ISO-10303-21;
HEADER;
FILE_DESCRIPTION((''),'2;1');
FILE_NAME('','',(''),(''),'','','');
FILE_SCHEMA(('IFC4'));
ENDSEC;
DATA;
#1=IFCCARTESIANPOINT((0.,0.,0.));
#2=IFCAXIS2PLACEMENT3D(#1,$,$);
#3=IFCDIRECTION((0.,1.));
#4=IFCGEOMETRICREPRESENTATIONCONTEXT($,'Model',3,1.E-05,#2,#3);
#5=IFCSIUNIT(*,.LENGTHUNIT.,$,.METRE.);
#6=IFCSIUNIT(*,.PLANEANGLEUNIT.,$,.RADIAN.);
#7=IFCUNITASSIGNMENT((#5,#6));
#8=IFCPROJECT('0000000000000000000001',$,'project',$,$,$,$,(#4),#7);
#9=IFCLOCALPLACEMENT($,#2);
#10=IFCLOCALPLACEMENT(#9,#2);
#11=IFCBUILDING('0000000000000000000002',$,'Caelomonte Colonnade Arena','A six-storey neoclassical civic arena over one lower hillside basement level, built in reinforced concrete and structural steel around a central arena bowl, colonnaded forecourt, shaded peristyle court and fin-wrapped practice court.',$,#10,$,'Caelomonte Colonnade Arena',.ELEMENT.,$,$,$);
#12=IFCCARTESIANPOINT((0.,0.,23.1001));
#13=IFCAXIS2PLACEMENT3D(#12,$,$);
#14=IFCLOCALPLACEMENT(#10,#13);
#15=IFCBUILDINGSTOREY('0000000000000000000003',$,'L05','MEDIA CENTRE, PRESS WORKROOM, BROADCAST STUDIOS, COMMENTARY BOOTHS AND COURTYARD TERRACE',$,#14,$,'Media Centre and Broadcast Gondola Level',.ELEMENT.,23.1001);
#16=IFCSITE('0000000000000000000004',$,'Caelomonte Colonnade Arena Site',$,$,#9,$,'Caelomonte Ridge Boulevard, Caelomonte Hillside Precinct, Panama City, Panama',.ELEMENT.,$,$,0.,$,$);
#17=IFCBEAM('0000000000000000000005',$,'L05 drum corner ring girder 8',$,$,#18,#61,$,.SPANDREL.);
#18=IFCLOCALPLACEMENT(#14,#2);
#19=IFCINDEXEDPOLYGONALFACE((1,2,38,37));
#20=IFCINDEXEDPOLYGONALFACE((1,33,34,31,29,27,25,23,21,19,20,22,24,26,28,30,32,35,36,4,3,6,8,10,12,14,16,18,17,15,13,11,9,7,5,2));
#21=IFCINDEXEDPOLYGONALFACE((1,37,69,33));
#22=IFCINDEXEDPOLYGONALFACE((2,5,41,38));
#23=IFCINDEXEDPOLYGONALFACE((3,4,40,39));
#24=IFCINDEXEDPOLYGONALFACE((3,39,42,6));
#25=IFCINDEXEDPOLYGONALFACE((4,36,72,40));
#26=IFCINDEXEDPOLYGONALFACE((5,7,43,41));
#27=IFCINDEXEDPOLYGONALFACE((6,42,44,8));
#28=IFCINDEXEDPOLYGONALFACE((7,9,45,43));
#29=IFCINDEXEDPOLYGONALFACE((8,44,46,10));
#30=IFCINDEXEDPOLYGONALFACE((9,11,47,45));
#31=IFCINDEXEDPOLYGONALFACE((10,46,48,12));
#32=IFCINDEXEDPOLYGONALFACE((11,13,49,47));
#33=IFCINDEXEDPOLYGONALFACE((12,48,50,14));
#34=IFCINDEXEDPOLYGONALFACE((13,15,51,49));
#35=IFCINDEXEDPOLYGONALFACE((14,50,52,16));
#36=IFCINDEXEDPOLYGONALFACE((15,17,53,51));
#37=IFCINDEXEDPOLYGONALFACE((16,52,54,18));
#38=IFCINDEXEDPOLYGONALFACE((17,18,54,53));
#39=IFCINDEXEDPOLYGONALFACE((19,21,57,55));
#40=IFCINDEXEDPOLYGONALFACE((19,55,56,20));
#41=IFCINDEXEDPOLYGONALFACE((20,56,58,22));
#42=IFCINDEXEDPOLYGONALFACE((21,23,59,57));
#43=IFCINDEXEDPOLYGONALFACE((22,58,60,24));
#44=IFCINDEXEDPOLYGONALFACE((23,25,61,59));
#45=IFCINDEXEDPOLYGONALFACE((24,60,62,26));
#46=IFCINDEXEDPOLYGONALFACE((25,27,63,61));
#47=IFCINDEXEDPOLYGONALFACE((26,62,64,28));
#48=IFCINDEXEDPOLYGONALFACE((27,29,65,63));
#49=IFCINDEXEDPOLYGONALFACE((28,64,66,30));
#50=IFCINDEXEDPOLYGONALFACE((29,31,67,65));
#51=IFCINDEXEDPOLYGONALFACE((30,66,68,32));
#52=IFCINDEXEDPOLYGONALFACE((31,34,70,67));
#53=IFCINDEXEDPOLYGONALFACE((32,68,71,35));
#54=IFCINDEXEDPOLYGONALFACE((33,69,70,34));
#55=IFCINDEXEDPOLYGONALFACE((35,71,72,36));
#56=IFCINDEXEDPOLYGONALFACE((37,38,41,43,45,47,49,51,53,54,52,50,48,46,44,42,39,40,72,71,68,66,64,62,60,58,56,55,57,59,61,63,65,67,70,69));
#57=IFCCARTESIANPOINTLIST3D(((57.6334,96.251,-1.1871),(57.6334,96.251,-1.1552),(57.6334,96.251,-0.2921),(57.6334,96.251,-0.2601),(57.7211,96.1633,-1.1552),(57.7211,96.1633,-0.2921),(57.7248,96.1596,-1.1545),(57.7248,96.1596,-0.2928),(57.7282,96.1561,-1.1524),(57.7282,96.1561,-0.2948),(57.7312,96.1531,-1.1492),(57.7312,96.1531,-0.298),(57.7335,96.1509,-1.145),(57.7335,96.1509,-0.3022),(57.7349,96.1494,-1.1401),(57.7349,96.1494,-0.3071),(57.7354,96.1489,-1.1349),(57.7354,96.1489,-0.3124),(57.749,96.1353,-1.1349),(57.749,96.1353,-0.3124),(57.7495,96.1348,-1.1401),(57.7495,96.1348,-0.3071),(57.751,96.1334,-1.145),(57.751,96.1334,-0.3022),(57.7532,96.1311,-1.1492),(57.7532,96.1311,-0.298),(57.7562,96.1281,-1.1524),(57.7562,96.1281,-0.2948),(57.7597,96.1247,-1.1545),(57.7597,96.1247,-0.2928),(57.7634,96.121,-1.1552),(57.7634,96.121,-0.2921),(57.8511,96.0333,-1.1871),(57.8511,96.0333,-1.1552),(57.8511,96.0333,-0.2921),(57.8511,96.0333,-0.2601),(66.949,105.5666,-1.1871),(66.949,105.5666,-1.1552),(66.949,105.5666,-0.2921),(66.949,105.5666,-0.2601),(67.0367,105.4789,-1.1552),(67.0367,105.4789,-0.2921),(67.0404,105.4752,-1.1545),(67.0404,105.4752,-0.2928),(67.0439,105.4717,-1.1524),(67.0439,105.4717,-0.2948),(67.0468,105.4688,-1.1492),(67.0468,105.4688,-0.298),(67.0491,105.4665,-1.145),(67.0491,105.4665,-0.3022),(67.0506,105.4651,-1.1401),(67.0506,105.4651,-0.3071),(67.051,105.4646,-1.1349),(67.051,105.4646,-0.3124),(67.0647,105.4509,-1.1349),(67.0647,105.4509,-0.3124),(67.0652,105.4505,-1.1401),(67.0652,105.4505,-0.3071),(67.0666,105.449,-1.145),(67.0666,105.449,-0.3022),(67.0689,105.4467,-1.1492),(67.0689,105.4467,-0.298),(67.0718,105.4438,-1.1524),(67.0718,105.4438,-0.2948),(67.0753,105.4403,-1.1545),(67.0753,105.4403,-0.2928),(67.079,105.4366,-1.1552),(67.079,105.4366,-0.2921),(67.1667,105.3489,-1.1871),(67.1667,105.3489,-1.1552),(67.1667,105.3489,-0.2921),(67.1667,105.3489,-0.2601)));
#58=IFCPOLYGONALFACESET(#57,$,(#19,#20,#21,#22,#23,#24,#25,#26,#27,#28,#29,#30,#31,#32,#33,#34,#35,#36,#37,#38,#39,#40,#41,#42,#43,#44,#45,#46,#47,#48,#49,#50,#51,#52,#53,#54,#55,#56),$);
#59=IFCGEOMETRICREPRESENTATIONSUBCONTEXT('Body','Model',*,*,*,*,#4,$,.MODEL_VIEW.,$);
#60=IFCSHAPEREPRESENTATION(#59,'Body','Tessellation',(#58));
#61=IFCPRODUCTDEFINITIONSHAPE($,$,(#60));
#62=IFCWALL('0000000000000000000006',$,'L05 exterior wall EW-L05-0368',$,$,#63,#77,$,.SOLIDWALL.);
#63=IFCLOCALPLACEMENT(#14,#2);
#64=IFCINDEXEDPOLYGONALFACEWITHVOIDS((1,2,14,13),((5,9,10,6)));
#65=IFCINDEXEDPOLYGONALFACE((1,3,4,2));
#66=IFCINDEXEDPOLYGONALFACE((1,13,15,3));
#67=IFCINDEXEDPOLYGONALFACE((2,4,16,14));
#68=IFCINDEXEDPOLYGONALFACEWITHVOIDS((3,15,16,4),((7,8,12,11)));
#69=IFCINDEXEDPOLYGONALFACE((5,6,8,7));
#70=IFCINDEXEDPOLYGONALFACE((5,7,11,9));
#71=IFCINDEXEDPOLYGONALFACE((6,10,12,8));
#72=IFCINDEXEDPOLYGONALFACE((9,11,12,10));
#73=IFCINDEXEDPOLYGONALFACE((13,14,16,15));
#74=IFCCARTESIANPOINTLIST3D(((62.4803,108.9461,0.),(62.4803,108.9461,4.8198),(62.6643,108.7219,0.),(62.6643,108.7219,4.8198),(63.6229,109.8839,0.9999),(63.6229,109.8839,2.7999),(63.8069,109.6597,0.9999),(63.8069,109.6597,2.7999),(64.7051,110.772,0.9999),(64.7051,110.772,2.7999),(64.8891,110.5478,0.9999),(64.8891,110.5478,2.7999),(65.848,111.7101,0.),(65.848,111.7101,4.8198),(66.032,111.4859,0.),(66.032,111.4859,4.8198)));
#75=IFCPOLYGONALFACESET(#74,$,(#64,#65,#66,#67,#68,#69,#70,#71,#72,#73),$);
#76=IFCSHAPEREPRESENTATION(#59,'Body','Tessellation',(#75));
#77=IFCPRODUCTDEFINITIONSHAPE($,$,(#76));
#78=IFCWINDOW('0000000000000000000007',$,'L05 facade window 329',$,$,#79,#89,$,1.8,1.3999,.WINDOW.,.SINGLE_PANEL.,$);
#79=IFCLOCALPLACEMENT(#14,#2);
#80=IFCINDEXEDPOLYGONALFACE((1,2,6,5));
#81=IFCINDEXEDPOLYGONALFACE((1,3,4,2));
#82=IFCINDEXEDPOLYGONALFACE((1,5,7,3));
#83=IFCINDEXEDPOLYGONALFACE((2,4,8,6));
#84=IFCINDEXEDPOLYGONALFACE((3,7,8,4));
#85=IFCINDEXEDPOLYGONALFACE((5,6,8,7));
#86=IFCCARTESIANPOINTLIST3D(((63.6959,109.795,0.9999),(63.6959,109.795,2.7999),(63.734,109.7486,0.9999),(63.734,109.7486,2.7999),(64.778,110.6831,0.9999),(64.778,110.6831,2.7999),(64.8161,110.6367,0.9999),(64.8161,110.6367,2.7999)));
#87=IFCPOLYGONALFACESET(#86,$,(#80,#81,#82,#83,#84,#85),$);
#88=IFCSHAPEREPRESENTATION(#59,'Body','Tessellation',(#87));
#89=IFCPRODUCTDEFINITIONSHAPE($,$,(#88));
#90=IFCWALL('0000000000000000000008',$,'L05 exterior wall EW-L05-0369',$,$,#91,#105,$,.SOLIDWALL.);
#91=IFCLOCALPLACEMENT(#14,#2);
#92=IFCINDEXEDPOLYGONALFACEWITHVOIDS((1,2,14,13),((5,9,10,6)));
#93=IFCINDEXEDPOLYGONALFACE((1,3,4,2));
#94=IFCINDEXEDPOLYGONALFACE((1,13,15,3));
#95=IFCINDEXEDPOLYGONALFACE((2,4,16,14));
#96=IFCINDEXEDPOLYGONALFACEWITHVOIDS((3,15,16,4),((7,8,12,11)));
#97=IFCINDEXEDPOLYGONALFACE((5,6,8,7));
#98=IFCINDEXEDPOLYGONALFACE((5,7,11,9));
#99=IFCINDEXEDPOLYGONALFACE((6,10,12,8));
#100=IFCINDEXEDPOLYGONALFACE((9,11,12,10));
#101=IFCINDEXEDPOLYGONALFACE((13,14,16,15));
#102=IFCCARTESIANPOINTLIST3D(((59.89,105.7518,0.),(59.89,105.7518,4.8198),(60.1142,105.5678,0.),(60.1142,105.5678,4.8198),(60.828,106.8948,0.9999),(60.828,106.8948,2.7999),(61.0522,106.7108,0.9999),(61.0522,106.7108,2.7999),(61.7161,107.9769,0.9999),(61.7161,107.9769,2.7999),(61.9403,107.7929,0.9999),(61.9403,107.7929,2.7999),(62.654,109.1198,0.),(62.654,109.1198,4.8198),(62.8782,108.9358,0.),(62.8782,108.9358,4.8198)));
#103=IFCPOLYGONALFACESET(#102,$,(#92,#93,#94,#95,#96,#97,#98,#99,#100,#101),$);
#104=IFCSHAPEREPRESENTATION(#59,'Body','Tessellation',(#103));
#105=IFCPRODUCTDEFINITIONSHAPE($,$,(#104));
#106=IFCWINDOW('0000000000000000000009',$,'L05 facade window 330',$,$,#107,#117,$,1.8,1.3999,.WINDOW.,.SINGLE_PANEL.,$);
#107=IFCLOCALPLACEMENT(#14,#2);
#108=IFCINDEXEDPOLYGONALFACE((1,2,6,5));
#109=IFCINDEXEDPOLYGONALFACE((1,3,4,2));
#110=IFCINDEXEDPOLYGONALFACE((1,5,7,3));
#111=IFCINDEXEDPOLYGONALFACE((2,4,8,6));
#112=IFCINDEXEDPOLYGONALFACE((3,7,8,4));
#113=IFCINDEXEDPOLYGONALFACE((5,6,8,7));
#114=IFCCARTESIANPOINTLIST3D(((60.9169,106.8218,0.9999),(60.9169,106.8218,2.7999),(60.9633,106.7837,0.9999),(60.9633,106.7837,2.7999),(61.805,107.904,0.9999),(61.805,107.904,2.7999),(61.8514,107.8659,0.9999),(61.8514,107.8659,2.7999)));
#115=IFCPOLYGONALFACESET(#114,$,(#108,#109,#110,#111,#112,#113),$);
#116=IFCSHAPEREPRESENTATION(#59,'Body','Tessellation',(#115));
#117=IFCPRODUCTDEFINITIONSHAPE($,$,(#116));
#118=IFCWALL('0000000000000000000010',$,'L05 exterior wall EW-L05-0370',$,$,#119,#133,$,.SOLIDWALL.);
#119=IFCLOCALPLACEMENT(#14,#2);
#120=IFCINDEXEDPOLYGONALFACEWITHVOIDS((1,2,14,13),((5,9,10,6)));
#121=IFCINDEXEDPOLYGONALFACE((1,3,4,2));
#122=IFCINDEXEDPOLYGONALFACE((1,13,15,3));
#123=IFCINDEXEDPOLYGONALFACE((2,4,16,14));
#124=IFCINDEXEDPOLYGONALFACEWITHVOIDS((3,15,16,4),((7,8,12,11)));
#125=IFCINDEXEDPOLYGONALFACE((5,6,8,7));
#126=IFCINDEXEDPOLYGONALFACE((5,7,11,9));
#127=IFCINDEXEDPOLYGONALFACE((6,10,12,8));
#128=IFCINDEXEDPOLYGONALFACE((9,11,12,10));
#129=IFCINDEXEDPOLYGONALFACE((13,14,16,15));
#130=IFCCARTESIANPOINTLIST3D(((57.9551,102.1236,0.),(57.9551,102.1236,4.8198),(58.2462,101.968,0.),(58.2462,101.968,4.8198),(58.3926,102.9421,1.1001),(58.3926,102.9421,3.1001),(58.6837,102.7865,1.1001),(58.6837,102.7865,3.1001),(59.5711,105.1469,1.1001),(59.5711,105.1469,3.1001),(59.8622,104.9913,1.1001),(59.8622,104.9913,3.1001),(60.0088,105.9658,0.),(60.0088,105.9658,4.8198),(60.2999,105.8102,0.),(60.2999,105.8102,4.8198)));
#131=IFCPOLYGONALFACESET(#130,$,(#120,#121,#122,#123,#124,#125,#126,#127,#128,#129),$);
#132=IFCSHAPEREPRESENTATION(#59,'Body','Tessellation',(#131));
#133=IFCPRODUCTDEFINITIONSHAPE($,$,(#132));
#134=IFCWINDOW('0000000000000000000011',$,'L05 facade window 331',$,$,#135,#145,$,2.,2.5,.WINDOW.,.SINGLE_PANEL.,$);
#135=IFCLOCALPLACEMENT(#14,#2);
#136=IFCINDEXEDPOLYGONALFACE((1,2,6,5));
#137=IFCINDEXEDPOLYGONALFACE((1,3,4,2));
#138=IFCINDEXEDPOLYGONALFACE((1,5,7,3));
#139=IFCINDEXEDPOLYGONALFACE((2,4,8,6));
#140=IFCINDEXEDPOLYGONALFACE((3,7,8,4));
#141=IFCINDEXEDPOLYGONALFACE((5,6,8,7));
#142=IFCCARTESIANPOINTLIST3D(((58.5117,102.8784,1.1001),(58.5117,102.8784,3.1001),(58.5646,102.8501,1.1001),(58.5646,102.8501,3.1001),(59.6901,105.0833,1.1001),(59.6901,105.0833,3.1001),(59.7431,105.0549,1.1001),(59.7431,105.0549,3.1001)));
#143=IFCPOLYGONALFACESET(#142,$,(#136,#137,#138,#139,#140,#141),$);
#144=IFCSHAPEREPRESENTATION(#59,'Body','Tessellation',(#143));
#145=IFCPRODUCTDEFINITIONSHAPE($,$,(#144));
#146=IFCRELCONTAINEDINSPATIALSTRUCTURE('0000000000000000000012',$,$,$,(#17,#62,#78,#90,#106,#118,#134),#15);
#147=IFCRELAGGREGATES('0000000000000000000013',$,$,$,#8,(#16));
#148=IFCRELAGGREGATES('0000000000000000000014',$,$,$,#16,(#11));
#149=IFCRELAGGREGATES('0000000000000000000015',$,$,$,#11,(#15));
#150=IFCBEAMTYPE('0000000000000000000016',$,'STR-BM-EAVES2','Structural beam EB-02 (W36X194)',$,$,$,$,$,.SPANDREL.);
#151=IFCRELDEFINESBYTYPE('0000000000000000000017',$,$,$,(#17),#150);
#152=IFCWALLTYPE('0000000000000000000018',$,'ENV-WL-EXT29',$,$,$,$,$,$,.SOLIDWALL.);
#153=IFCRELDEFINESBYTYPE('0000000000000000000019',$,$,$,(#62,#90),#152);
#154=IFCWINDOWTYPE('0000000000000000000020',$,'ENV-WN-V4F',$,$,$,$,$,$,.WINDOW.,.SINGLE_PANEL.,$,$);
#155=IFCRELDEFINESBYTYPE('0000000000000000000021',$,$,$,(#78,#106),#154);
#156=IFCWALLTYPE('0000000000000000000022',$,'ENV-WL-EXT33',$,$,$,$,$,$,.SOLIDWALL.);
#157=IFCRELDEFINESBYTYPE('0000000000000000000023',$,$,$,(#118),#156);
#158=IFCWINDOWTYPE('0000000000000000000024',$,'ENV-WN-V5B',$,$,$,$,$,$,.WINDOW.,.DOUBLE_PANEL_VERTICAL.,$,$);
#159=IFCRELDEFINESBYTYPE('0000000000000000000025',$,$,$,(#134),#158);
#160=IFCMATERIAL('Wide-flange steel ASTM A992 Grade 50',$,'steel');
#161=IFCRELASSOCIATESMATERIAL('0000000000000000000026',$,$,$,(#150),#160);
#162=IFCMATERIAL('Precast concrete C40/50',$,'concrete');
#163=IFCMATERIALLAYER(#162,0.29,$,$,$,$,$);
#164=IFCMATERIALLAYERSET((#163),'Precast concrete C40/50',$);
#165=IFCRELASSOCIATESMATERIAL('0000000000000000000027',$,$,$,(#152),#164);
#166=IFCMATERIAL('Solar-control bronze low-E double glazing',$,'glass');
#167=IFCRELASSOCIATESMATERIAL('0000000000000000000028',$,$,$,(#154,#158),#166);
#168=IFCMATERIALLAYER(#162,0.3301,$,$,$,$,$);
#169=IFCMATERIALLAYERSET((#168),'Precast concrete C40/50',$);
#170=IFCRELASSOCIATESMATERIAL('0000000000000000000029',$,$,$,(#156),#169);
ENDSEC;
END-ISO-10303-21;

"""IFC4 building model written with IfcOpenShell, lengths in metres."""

from ifc_helpers import new_model, si_unit, direction, frame, frame_2d, origin, origin_2d, place, context, subcontext, project, spatial, rectangle, i_section, extrude, material, layer, layer_set, material_profile, profile_set, type_object, element, fill, save


model = new_model("IFC4")

# Units and contexts
model_context = context("Model", 3, precision=1e-05, world=origin(), true_north=direction((0.0, 1.0)))
body_context = subcontext(model_context, "Body", "Model", "MODEL_VIEW")
ifc_project = project(units=[si_unit("LENGTHUNIT", "METRE"), si_unit("PLANEANGLEUNIT", "RADIAN")], contexts=[model_context])

# Site, building, storey
site_placement = place(None, origin())
site = spatial("IfcSite", under=ifc_project, at=site_placement, Name="Caelomonte Colonnade Arena Site", LongName="Caelomonte Ridge Boulevard, Caelomonte Hillside Precinct, Panama City, Panama", CompositionType="ELEMENT", RefElevation=0.0)
building_placement = place(site_placement, origin())
building = spatial("IfcBuilding", under=site, at=building_placement, Name="Caelomonte Colonnade Arena", Description="A six-storey neoclassical civic arena over one lower hillside basement level, built in reinforced concrete and structural steel around a central arena bowl, colonnaded forecourt, shaded peristyle court and fin-wrapped practice court.", LongName="Caelomonte Colonnade Arena", CompositionType="ELEMENT")
storey_placement = place(building_placement, frame((0.0, 0.0, 23.1001)))
storey = spatial("IfcBuildingStorey", under=building, at=storey_placement, Name="L05", Description="MEDIA CENTRE, PRESS WORKROOM, BROADCAST STUDIOS, COMMENTARY BOOTHS AND COURTYARD TERRACE", LongName="Media Centre and Broadcast Gondola Level", CompositionType="ELEMENT", Elevation=23.1001)

# Beam
ifc_material_1 = material(Name="Wide-flange steel ASTM A992 Grade 50", Category="steel")
ifc_material_profile_1 = material_profile(ifc_material_1, i_section(OverallWidth=0.3079, OverallDepth=0.927, WebThickness=0.0193, FlangeThickness=0.032, FilletRadius=0.0203, at=origin_2d()), Name="W36X194")
ifc_profile_set_1 = profile_set([ifc_material_profile_1], Name="Wide-flange steel ASTM A992 Grade 50")
beam_type = type_object("IfcBeamType", Name="STR-BM-EAVES2", Description="Structural beam EB-02 (W36X194)", PredefinedType="SPANDREL", material=ifc_profile_set_1)
beam_placement = place(storey_placement, frame((67.0579, 105.4578, -0.7236), z_axis=(-0.707107, -0.707107, 0.0), x_axis=(0.707107, -0.707107, 0.0)))
element("IfcBeam", 1, at=beam_placement, inside=storey, type_object=beam_type, Name="L05 drum corner ring girder 8", PredefinedType="SPANDREL", context=body_context, shape_type="SweptSolid", body=[
    extrude(i_section(OverallWidth=0.3079, OverallDepth=0.927, WebThickness=0.0193, FlangeThickness=0.032, FilletRadius=0.0203, at=origin_2d()), origin(), (0.0, 0.0, 1.0), 13.1743),
])

# Walls, openings, windows
ifc_material_2 = material(Name="Precast concrete C40/50", Category="concrete")
ifc_layer_1 = layer(ifc_material_2, 0.29)
ifc_layer_set_1 = layer_set([ifc_layer_1], Name="Precast concrete C40/50")
wall_type_1 = type_object("IfcWallType", Name="ENV-WL-EXT29", PredefinedType="SOLIDWALL", material=ifc_layer_set_1)
wall_1_placement = place(storey_placement, frame((65.9399, 111.5979, 0.0), z_axis=(0.0, 0.0, 1.0), x_axis=(-0.772995, -0.634412, 0.0)))
wall_1 = element("IfcWall", 2, at=wall_1_placement, inside=storey, type_object=wall_type_1, Name="L05 exterior wall EW-L05-0368", PredefinedType="SOLIDWALL", context=body_context, shape_type="SweptSolid", body=[
    extrude(rectangle(XDim=4.3567, YDim=0.29, at=frame_2d((2.1782, 0.0))), origin(), (0.0, 0.0, 1.0), 4.8198),
])
opening_1_placement = place(wall_1_placement, frame((2.8784, 0.0, 1.0), z_axis=(0.0, 0.0, 1.0), x_axis=(-1.0, 0.0, 0.0)))
opening_1 = element("IfcOpeningElement", 3, at=opening_1_placement, cuts=wall_1, PredefinedType="OPENING", context=body_context, shape_type="SweptSolid", body=[
    extrude(rectangle(XDim=1.3999, YDim=1.8, at=frame_2d((0.7, 0.8999))), frame((0.0, 0.155, 0.0), z_axis=(0.0, -1.0, 0.0), x_axis=(1.0, 0.0, 0.0)), (0.0, 0.0, 1.0), 0.3101),
])
ifc_material_3 = material(Name="Solar-control bronze low-E double glazing", Category="glass")
window_type_1 = type_object("IfcWindowType", Name="ENV-WN-V4F", PartitioningType="SINGLE_PANEL", PredefinedType="WINDOW", material=ifc_material_3)
window_1_placement = place(opening_1_placement, origin())
window_1 = element("IfcWindow", 4, at=window_1_placement, inside=storey, type_object=window_type_1, Name="L05 facade window 329", OverallHeight=1.8, OverallWidth=1.3999, PartitioningType="SINGLE_PANEL", PredefinedType="WINDOW", context=body_context, shape_type="SweptSolid", body=[
    extrude(rectangle(XDim=1.3999, YDim=1.8, at=frame_2d((0.7, 0.8999))), frame((0.0, 0.03, 0.0), z_axis=(0.0, -1.0, 0.0), x_axis=(1.0, 0.0, 0.0)), (0.0, 0.0, 1.0), 0.0601),
])
fill(opening_1, window_1)
wall_2_placement = place(storey_placement, frame((62.7661, 109.0278, 0.0), z_axis=(0.0, 0.0, 1.0), x_axis=(-0.634384, -0.773018, 0.0)))
wall_2 = element("IfcWall", 5, at=wall_2_placement, inside=storey, type_object=wall_type_1, Name="L05 exterior wall EW-L05-0369", PredefinedType="SOLIDWALL", context=body_context, shape_type="SweptSolid", body=[
    extrude(rectangle(XDim=4.3569, YDim=0.29, at=frame_2d((2.1785, 0.0))), origin(), (0.0, 0.0, 1.0), 4.8198),
])
opening_2_placement = place(wall_2_placement, frame((2.8784, 0.0, 1.0), z_axis=(0.0, 0.0, 1.0), x_axis=(-1.0, 0.0, 0.0)))
opening_2 = element("IfcOpeningElement", 6, at=opening_2_placement, cuts=wall_2, PredefinedType="OPENING", context=body_context, shape_type="SweptSolid", body=[
    extrude(rectangle(XDim=1.3999, YDim=1.8, at=frame_2d((0.7, 0.8999))), frame((0.0, 0.155, 0.0), z_axis=(0.0, -1.0, 0.0), x_axis=(1.0, 0.0, 0.0)), (0.0, 0.0, 1.0), 0.3101),
])
window_2_placement = place(opening_2_placement, origin())
window_2 = element("IfcWindow", 7, at=window_2_placement, inside=storey, type_object=window_type_1, Name="L05 facade window 330", OverallHeight=1.8, OverallWidth=1.3999, PartitioningType="SINGLE_PANEL", PredefinedType="WINDOW", context=body_context, shape_type="SweptSolid", body=[
    extrude(rectangle(XDim=1.3999, YDim=1.8, at=frame_2d((0.7, 0.8999))), frame((0.0, 0.03, 0.0), z_axis=(0.0, -1.0, 0.0), x_axis=(1.0, 0.0, 0.0)), (0.0, 0.0, 1.0), 0.0601),
])
fill(opening_2, window_2)
ifc_layer_2 = layer(ifc_material_2, 0.3301)
ifc_layer_set_2 = layer_set([ifc_layer_2], Name="Precast concrete C40/50")
wall_type_2 = type_object("IfcWallType", Name="ENV-WL-EXT33", PredefinedType="SOLIDWALL", material=ifc_layer_set_2)
wall_3_placement = place(storey_placement, frame((60.1543, 105.8879, 0.0), z_axis=(0.0, 0.0, 1.0), x_axis=(-0.471391, -0.881924, 0.0)))
wall_3 = element("IfcWall", 8, at=wall_3_placement, inside=storey, type_object=wall_type_2, Name="L05 exterior wall EW-L05-0370", PredefinedType="SOLIDWALL", context=body_context, shape_type="SweptSolid", body=[
    extrude(rectangle(XDim=4.3567, YDim=0.3301, at=frame_2d((2.1782, 0.0))), origin(), (0.0, 0.0, 1.0), 4.8198),
])
opening_3_placement = place(wall_3_placement, frame((3.4285, 0.0, 1.1001), z_axis=(0.0, 0.0, 1.0), x_axis=(-1.0, 0.0, 0.0)))
opening_3 = element("IfcOpeningElement", 9, at=opening_3_placement, cuts=wall_3, PredefinedType="OPENING", context=body_context, shape_type="SweptSolid", body=[
    extrude(rectangle(XDim=2.5, YDim=2.0, at=frame_2d((1.25, 1.0))), frame((0.0, 0.175, 0.0), z_axis=(0.0, -1.0, 0.0), x_axis=(1.0, 0.0, 0.0)), (0.0, 0.0, 1.0), 0.3501),
])
window_type_2 = type_object("IfcWindowType", Name="ENV-WN-V5B", PartitioningType="DOUBLE_PANEL_VERTICAL", PredefinedType="WINDOW", material=ifc_material_3)
window_3_placement = place(opening_3_placement, origin())
window_3 = element("IfcWindow", 10, at=window_3_placement, inside=storey, type_object=window_type_2, Name="L05 facade window 331", OverallHeight=2.0, OverallWidth=2.5, PartitioningType="SINGLE_PANEL", PredefinedType="WINDOW", context=body_context, shape_type="SweptSolid", body=[
    extrude(rectangle(XDim=2.5, YDim=2.0, at=frame_2d((1.25, 1.0))), frame((0.0, 0.03, 0.0), z_axis=(0.0, -1.0, 0.0), x_axis=(1.0, 0.0, 0.0)), (0.0, 0.0, 1.0), 0.0601),
])
fill(opening_3, window_3)

save(model, "model.ifc")
